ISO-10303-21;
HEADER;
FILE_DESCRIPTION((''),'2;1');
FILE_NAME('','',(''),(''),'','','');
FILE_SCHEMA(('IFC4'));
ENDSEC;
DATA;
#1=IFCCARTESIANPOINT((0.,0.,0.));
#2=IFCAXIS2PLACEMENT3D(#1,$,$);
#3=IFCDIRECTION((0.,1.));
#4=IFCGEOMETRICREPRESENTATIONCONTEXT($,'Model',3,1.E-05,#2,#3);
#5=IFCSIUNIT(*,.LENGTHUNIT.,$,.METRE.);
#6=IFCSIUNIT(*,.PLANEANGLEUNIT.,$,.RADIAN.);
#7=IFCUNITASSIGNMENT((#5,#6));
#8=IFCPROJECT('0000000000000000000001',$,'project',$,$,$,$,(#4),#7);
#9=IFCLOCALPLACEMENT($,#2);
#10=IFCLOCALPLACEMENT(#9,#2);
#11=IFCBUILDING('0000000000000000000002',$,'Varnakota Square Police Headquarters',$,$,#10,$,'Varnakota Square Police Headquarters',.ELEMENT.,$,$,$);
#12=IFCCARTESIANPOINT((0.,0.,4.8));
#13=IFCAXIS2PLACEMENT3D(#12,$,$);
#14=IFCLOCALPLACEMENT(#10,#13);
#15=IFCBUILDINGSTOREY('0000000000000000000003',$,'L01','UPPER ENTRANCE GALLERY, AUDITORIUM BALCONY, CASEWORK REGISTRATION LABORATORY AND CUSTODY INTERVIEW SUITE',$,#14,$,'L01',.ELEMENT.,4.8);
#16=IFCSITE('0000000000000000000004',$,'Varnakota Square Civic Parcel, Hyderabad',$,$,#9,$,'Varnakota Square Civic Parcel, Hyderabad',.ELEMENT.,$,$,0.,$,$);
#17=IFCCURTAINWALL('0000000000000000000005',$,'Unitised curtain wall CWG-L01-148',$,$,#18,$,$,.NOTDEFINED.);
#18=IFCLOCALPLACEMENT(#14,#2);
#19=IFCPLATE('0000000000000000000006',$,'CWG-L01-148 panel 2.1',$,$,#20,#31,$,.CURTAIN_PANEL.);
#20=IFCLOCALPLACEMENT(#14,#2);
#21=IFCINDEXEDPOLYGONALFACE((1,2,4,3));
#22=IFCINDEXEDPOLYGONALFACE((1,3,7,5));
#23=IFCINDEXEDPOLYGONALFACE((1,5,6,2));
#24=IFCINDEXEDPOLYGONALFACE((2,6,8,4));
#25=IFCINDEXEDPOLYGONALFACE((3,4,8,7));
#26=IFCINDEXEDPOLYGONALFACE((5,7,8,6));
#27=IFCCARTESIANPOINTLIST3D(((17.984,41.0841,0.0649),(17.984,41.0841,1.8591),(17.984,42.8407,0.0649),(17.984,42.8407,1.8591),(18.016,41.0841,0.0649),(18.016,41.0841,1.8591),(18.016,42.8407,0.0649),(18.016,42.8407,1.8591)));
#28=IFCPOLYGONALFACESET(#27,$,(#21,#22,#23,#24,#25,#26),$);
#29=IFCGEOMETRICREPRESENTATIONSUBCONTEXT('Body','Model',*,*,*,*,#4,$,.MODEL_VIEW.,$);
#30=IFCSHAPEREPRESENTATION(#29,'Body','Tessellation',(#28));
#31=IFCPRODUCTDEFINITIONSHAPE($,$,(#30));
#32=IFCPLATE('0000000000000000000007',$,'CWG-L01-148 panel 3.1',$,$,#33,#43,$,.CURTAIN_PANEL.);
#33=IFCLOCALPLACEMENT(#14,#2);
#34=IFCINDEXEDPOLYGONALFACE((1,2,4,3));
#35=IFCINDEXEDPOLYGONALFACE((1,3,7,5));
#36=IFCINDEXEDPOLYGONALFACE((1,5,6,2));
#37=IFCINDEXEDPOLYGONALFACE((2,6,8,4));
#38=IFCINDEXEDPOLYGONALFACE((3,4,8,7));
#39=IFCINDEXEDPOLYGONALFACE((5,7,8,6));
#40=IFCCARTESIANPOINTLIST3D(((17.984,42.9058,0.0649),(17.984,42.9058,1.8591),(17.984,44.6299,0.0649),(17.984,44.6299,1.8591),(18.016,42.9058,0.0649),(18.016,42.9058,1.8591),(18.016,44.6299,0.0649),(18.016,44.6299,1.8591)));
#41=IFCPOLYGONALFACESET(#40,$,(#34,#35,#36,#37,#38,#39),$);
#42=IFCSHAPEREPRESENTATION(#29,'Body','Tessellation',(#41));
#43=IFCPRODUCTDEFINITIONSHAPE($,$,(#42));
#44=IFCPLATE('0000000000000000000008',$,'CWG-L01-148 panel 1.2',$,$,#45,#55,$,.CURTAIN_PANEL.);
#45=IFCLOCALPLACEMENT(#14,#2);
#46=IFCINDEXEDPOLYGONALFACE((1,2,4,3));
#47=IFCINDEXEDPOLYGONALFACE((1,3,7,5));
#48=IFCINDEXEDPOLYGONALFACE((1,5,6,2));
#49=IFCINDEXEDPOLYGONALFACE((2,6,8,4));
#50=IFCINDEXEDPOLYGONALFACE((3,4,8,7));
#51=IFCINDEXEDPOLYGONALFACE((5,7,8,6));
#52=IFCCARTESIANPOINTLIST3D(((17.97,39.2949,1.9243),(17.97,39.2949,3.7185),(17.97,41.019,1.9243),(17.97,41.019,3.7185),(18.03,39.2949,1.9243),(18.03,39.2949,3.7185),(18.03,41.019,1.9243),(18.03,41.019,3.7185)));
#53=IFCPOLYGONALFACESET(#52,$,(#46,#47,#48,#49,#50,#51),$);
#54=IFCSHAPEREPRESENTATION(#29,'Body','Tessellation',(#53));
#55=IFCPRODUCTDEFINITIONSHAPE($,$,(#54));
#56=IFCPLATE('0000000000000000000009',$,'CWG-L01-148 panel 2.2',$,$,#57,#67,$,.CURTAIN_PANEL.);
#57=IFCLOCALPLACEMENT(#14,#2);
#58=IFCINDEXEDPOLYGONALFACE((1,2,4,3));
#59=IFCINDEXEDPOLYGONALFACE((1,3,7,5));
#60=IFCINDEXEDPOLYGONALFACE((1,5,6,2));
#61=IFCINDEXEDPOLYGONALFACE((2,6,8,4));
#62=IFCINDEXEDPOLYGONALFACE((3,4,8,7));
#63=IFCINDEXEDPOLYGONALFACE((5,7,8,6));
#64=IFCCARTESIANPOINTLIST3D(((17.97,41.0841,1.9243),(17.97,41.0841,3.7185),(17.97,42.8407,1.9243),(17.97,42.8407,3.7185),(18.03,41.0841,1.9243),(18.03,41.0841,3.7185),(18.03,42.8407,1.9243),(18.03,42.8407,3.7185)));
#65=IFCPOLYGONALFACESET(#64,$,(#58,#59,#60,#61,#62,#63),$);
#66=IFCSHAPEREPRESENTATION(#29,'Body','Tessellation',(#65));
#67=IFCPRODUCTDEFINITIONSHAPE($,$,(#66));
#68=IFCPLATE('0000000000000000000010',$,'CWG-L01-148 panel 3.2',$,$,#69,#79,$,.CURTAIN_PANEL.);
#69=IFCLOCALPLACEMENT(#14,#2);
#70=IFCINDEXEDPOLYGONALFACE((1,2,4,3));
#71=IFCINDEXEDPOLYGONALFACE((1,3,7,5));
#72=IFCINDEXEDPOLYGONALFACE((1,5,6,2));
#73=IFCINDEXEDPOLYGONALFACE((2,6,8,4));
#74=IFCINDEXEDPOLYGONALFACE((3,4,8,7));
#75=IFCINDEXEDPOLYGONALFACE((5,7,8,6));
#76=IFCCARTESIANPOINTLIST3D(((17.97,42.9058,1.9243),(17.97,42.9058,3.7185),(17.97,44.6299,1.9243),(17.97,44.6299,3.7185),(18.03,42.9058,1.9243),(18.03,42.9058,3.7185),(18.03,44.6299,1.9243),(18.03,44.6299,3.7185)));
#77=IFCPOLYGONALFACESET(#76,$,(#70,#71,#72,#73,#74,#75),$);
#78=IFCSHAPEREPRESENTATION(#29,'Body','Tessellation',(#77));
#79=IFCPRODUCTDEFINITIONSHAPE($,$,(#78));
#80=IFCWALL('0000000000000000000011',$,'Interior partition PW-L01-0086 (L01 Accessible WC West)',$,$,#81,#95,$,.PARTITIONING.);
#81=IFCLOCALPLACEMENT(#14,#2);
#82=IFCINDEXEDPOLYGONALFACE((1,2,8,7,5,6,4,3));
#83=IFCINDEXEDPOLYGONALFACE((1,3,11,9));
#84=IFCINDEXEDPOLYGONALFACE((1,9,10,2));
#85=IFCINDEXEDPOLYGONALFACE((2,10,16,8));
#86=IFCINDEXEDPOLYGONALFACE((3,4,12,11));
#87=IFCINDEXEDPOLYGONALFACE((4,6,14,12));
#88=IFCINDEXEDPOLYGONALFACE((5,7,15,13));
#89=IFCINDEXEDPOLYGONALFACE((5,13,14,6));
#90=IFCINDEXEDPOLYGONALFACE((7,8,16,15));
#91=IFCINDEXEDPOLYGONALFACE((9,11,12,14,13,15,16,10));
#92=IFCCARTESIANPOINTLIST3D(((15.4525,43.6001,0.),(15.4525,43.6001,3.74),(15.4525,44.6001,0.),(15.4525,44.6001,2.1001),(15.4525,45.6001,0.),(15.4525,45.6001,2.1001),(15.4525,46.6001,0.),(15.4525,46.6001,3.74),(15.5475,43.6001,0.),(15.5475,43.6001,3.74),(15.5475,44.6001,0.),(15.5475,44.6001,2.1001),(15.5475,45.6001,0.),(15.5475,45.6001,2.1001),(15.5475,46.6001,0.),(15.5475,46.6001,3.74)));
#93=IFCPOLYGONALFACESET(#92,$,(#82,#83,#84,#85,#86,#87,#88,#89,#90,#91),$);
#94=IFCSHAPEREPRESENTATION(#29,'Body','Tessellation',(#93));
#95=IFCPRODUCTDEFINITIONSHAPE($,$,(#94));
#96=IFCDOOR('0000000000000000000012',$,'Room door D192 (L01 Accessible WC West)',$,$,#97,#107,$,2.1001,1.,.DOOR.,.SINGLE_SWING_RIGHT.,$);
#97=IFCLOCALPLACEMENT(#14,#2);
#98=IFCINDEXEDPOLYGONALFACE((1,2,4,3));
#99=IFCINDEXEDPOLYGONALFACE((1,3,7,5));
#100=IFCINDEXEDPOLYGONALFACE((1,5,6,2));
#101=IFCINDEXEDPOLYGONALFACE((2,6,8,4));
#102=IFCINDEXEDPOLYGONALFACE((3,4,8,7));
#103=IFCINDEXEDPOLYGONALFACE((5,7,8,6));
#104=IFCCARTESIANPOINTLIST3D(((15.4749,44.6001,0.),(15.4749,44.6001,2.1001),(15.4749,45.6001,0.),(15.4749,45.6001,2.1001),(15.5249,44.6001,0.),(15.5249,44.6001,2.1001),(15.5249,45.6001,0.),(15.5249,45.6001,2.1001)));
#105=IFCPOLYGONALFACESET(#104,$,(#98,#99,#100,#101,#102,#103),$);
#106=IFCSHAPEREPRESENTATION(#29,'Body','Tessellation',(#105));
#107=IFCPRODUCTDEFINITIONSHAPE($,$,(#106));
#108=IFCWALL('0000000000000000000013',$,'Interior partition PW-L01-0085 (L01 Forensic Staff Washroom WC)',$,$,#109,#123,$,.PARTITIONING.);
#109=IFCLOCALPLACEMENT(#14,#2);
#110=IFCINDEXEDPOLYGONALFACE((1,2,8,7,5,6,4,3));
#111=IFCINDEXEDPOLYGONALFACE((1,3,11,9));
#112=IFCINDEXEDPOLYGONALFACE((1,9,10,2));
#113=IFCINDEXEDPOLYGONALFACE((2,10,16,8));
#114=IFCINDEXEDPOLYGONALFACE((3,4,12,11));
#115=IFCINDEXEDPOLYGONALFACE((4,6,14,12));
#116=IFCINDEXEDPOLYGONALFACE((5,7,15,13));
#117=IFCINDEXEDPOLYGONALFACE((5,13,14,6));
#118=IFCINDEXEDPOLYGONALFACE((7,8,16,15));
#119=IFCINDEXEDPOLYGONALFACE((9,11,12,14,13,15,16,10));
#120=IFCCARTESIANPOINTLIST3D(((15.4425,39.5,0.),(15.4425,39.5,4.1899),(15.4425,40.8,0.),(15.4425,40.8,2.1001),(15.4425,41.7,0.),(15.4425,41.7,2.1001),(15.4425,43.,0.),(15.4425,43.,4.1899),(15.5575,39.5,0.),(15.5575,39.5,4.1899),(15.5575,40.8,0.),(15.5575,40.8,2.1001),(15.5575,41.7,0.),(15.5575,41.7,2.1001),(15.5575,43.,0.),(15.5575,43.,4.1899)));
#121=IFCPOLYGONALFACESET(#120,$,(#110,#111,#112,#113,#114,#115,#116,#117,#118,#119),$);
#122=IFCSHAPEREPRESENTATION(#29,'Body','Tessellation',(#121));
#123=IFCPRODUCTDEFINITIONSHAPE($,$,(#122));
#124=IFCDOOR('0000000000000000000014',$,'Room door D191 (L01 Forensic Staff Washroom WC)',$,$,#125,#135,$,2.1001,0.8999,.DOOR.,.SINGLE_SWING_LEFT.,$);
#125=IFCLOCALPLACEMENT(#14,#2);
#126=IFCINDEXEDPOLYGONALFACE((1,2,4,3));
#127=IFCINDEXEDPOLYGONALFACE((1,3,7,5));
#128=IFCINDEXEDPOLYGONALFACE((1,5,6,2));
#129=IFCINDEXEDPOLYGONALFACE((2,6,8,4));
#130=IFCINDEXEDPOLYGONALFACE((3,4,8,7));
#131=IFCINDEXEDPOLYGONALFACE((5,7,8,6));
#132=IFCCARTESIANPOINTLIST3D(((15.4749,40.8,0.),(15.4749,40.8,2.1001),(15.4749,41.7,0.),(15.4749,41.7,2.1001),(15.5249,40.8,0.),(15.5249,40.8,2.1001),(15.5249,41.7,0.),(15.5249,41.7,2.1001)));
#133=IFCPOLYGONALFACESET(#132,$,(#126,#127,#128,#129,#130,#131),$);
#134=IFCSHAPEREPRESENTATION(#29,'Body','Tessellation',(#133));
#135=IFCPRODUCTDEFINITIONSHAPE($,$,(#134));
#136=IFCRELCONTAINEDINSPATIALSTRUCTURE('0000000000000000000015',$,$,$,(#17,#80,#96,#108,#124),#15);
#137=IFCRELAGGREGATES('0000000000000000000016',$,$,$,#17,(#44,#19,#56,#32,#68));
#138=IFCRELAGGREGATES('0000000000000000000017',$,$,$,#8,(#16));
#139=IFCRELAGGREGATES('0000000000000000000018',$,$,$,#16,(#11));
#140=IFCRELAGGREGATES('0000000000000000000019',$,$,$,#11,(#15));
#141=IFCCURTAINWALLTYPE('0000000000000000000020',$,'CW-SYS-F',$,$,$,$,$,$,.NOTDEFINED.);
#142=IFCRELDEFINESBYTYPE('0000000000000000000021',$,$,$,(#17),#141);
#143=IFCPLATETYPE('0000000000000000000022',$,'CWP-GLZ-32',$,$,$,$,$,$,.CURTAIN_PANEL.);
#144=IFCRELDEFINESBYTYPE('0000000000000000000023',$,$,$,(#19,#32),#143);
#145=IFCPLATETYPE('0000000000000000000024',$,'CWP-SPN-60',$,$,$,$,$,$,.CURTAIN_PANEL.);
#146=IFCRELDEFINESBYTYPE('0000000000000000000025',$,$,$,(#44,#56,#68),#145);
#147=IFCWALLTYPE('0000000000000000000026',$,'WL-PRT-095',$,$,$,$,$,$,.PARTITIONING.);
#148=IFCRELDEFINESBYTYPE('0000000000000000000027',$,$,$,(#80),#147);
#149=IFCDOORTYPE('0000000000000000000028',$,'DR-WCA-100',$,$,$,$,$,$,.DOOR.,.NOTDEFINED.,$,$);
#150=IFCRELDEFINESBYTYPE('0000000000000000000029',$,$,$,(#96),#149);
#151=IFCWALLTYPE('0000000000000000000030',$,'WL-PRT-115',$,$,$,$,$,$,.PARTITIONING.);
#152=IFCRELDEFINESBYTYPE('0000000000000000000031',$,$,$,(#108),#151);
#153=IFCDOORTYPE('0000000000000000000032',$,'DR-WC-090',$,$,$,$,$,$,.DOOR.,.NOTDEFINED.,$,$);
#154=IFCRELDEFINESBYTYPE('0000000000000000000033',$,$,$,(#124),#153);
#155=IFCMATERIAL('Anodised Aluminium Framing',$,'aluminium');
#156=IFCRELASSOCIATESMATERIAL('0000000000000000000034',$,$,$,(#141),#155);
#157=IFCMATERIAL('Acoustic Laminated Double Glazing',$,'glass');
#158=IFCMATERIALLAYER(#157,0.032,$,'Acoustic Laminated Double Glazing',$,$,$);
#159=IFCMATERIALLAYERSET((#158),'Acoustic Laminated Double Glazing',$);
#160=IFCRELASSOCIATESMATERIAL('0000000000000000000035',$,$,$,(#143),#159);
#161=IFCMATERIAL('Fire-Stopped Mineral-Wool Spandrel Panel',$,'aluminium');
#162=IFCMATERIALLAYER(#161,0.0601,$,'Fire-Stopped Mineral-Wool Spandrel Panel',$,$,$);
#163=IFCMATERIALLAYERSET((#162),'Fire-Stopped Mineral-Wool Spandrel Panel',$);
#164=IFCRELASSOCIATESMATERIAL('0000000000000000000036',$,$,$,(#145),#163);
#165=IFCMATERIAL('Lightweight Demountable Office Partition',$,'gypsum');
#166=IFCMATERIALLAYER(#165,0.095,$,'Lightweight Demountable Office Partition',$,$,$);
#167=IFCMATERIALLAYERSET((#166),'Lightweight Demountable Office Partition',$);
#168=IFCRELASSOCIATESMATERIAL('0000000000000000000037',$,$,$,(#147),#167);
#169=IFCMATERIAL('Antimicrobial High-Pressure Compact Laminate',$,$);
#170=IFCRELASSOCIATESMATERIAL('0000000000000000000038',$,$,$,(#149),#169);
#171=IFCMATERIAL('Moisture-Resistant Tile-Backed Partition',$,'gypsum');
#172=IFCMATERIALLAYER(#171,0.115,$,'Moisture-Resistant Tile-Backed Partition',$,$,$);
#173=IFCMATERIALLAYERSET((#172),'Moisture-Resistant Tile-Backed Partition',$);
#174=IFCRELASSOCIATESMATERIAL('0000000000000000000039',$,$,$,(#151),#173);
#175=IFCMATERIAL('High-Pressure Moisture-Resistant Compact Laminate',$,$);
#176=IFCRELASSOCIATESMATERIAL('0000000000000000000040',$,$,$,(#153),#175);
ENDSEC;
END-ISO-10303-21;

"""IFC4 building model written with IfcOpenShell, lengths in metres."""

from ifc_helpers import new_model, si_unit, direction, frame, frame_2d, origin, origin_2d, place, context, subcontext, project, spatial, rectangle, extrude, material, layer, layer_set, type_object, element, fill, aggregate, save


model = new_model("IFC4")

# Units and contexts
model_context = context("Model", 3, precision=1e-05, world=origin(), true_north=direction((0.0, 1.0)))
body_context = subcontext(model_context, "Body", "Model", "MODEL_VIEW")
ifc_project = project(units=[si_unit("LENGTHUNIT", "METRE"), si_unit("PLANEANGLEUNIT", "RADIAN")], contexts=[model_context])

# Site, building, storey
site_placement = place(None, origin())
site = spatial("IfcSite", under=ifc_project, at=site_placement, Name="Varnakota Square Civic Parcel, Hyderabad", LongName="Varnakota Square Civic Parcel, Hyderabad", CompositionType="ELEMENT", RefElevation=0.0)
building_placement = place(site_placement, origin())
building = spatial("IfcBuilding", under=site, at=building_placement, Name="Varnakota Square Police Headquarters", LongName="Varnakota Square Police Headquarters", CompositionType="ELEMENT")
storey_placement = place(building_placement, frame((0.0, 0.0, 4.8)))
storey = spatial("IfcBuildingStorey", under=building, at=storey_placement, Name="L01", Description="UPPER ENTRANCE GALLERY, AUDITORIUM BALCONY, CASEWORK REGISTRATION LABORATORY AND CUSTODY INTERVIEW SUITE", LongName="L01", CompositionType="ELEMENT", Elevation=4.8)

# Curtain wall, plates
ifc_material_1 = material(Name="Anodised Aluminium Framing", Category="aluminium")
curtain_wall_type = type_object("IfcCurtainWallType", Name="CW-SYS-F", PredefinedType="NOTDEFINED", material=ifc_material_1)
curtain_wall_placement = place(storey_placement, origin())
curtain_wall = element("IfcCurtainWall", 1, at=curtain_wall_placement, inside=storey, type_object=curtain_wall_type, Name="Unitised curtain wall CWG-L01-148", PredefinedType="NOTDEFINED")
ifc_material_2 = material(Name="Acoustic Laminated Double Glazing", Category="glass")
ifc_layer_1 = layer(ifc_material_2, 0.032, Name="Acoustic Laminated Double Glazing")
ifc_layer_set_1 = layer_set([ifc_layer_1], Name="Acoustic Laminated Double Glazing")
plate_type_1 = type_object("IfcPlateType", Name="CWP-GLZ-32", PredefinedType="CURTAIN_PANEL", material=ifc_layer_set_1)
plate_1_placement = place(storey_placement, frame((18.0, 41.9624, 0.0649), z_axis=(0.0, 0.0, 1.0), x_axis=(0.0, 1.0, 0.0)))
plate_1 = element("IfcPlate", 2, at=plate_1_placement, type_object=plate_type_1, Name="CWG-L01-148 panel 2.1", PredefinedType="CURTAIN_PANEL", context=body_context, shape_type="SweptSolid", body=[
    extrude(rectangle(XDim=1.7566, YDim=0.032, at=origin_2d()), origin(), (0.0, 0.0, 1.0), 1.7942),
])
plate_2_placement = place(storey_placement, frame((18.0, 43.7678, 0.0649), z_axis=(0.0, 0.0, 1.0), x_axis=(0.0, 1.0, 0.0)))
plate_2 = element("IfcPlate", 3, at=plate_2_placement, type_object=plate_type_1, Name="CWG-L01-148 panel 3.1", PredefinedType="CURTAIN_PANEL", context=body_context, shape_type="SweptSolid", body=[
    extrude(rectangle(XDim=1.7241, YDim=0.032, at=origin_2d()), origin(), (0.0, 0.0, 1.0), 1.7942),
])
ifc_material_3 = material(Name="Fire-Stopped Mineral-Wool Spandrel Panel", Category="aluminium")
ifc_layer_2 = layer(ifc_material_3, 0.0601, Name="Fire-Stopped Mineral-Wool Spandrel Panel")
ifc_layer_set_2 = layer_set([ifc_layer_2], Name="Fire-Stopped Mineral-Wool Spandrel Panel")
plate_type_2 = type_object("IfcPlateType", Name="CWP-SPN-60", PredefinedType="CURTAIN_PANEL", material=ifc_layer_set_2)
plate_3_placement = place(storey_placement, frame((18.0, 40.157, 1.9243), z_axis=(0.0, 0.0, 1.0), x_axis=(0.0, 1.0, 0.0)))
plate_3 = element("IfcPlate", 4, at=plate_3_placement, type_object=plate_type_2, Name="CWG-L01-148 panel 1.2", PredefinedType="CURTAIN_PANEL", context=body_context, shape_type="SweptSolid", body=[
    extrude(rectangle(XDim=1.7241, YDim=0.0601, at=origin_2d()), origin(), (0.0, 0.0, 1.0), 1.7942),
])
plate_4_placement = place(storey_placement, frame((18.0, 41.9624, 1.9243), z_axis=(0.0, 0.0, 1.0), x_axis=(0.0, 1.0, 0.0)))
plate_4 = element("IfcPlate", 5, at=plate_4_placement, type_object=plate_type_2, Name="CWG-L01-148 panel 2.2", PredefinedType="CURTAIN_PANEL", context=body_context, shape_type="SweptSolid", body=[
    extrude(rectangle(XDim=1.7566, YDim=0.0601, at=origin_2d()), origin(), (0.0, 0.0, 1.0), 1.7942),
])
plate_5_placement = place(storey_placement, frame((18.0, 43.7678, 1.9243), z_axis=(0.0, 0.0, 1.0), x_axis=(0.0, 1.0, 0.0)))
plate_5 = element("IfcPlate", 6, at=plate_5_placement, type_object=plate_type_2, Name="CWG-L01-148 panel 3.2", PredefinedType="CURTAIN_PANEL", context=body_context, shape_type="SweptSolid", body=[
    extrude(rectangle(XDim=1.7241, YDim=0.0601, at=origin_2d()), origin(), (0.0, 0.0, 1.0), 1.7942),
])
aggregate(curtain_wall, [plate_3, plate_1, plate_4, plate_2, plate_5])

# Walls, openings, doors
ifc_material_4 = material(Name="Lightweight Demountable Office Partition", Category="gypsum")
ifc_layer_3 = layer(ifc_material_4, 0.095, Name="Lightweight Demountable Office Partition")
ifc_layer_set_3 = layer_set([ifc_layer_3], Name="Lightweight Demountable Office Partition")
wall_type_1 = type_object("IfcWallType", Name="WL-PRT-095", PredefinedType="PARTITIONING", material=ifc_layer_set_3)
wall_1_placement = place(storey_placement, frame((15.5, 46.6001, 0.0), z_axis=(0.0, 0.0, 1.0), x_axis=(0.0, -1.0, 0.0)))
wall_1 = element("IfcWall", 7, at=wall_1_placement, inside=storey, type_object=wall_type_1, Name="Interior partition PW-L01-0086 (L01 Accessible WC West)", PredefinedType="PARTITIONING", context=body_context, shape_type="SweptSolid", body=[
    extrude(rectangle(XDim=3.0, YDim=0.095, at=frame_2d((1.5, 0.0))), origin(), (0.0, 0.0, 1.0), 3.74),
])
opening_1_placement = place(wall_1_placement, frame((1.0, 0.0, 0.0)))
opening_1 = element("IfcOpeningElement", 8, at=opening_1_placement, cuts=wall_1, PredefinedType="OPENING", context=body_context, shape_type="SweptSolid", body=[
    extrude(rectangle(XDim=1.0, YDim=2.1001, at=frame_2d((0.5, 1.05))), frame((0.0, 0.0574, 0.0), z_axis=(0.0, -1.0, 0.0), x_axis=(1.0, 0.0, 0.0)), (0.0, 0.0, 1.0), 0.115),
])
ifc_material_5 = material(Name="Antimicrobial High-Pressure Compact Laminate")
door_type_1 = type_object("IfcDoorType", Name="DR-WCA-100", OperationType="NOTDEFINED", PredefinedType="DOOR", material=ifc_material_5)
door_1_placement = place(opening_1_placement, origin())
door_1 = element("IfcDoor", 9, at=door_1_placement, inside=storey, type_object=door_type_1, Name="Room door D192 (L01 Accessible WC West)", OperationType="SINGLE_SWING_RIGHT", OverallHeight=2.1001, OverallWidth=1.0, PredefinedType="DOOR", context=body_context, shape_type="SweptSolid", body=[
    extrude(rectangle(XDim=1.0, YDim=2.1001, at=frame_2d((0.5, 1.05))), frame((0.0, 0.0249, 0.0), z_axis=(0.0, -1.0, 0.0), x_axis=(1.0, 0.0, 0.0)), (0.0, 0.0, 1.0), 0.05),
])
fill(opening_1, door_1)
ifc_material_6 = material(Name="Moisture-Resistant Tile-Backed Partition", Category="gypsum")
ifc_layer_4 = layer(ifc_material_6, 0.115, Name="Moisture-Resistant Tile-Backed Partition")
ifc_layer_set_4 = layer_set([ifc_layer_4], Name="Moisture-Resistant Tile-Backed Partition")
wall_type_2 = type_object("IfcWallType", Name="WL-PRT-115", PredefinedType="PARTITIONING", material=ifc_layer_set_4)
wall_2_placement = place(storey_placement, frame((15.5, 43.0, 0.0), z_axis=(0.0, 0.0, 1.0), x_axis=(0.0, -1.0, 0.0)))
wall_2 = element("IfcWall", 10, at=wall_2_placement, inside=storey, type_object=wall_type_2, Name="Interior partition PW-L01-0085 (L01 Forensic Staff Washroom WC)", PredefinedType="PARTITIONING", context=body_context, shape_type="SweptSolid", body=[
    extrude(rectangle(XDim=3.5, YDim=0.115, at=frame_2d((1.75, 0.0))), origin(), (0.0, 0.0, 1.0), 4.1899),
])
opening_2_placement = place(wall_2_placement, frame((1.3, 0.0, 0.0)))
opening_2 = element("IfcOpeningElement", 11, at=opening_2_placement, cuts=wall_2, PredefinedType="OPENING", context=body_context, shape_type="SweptSolid", body=[
    extrude(rectangle(XDim=0.8999, YDim=2.1001, at=frame_2d((0.45, 1.05))), frame((0.0, 0.0674, 0.0), z_axis=(0.0, -1.0, 0.0), x_axis=(1.0, 0.0, 0.0)), (0.0, 0.0, 1.0), 0.135),
])
ifc_material_7 = material(Name="High-Pressure Moisture-Resistant Compact Laminate")
door_type_2 = type_object("IfcDoorType", Name="DR-WC-090", OperationType="NOTDEFINED", PredefinedType="DOOR", material=ifc_material_7)
door_2_placement = place(opening_2_placement, origin())
door_2 = element("IfcDoor", 12, at=door_2_placement, inside=storey, type_object=door_type_2, Name="Room door D191 (L01 Forensic Staff Washroom WC)", OperationType="SINGLE_SWING_LEFT", OverallHeight=2.1001, OverallWidth=0.8999, PredefinedType="DOOR", context=body_context, shape_type="SweptSolid", body=[
    extrude(rectangle(XDim=0.8999, YDim=2.1001, at=frame_2d((0.45, 1.05))), frame((0.0, 0.0249, 0.0), z_axis=(0.0, -1.0, 0.0), x_axis=(1.0, 0.0, 0.0)), (0.0, 0.0, 1.0), 0.05),
])
fill(opening_2, door_2)

save(model, "model.ifc")
